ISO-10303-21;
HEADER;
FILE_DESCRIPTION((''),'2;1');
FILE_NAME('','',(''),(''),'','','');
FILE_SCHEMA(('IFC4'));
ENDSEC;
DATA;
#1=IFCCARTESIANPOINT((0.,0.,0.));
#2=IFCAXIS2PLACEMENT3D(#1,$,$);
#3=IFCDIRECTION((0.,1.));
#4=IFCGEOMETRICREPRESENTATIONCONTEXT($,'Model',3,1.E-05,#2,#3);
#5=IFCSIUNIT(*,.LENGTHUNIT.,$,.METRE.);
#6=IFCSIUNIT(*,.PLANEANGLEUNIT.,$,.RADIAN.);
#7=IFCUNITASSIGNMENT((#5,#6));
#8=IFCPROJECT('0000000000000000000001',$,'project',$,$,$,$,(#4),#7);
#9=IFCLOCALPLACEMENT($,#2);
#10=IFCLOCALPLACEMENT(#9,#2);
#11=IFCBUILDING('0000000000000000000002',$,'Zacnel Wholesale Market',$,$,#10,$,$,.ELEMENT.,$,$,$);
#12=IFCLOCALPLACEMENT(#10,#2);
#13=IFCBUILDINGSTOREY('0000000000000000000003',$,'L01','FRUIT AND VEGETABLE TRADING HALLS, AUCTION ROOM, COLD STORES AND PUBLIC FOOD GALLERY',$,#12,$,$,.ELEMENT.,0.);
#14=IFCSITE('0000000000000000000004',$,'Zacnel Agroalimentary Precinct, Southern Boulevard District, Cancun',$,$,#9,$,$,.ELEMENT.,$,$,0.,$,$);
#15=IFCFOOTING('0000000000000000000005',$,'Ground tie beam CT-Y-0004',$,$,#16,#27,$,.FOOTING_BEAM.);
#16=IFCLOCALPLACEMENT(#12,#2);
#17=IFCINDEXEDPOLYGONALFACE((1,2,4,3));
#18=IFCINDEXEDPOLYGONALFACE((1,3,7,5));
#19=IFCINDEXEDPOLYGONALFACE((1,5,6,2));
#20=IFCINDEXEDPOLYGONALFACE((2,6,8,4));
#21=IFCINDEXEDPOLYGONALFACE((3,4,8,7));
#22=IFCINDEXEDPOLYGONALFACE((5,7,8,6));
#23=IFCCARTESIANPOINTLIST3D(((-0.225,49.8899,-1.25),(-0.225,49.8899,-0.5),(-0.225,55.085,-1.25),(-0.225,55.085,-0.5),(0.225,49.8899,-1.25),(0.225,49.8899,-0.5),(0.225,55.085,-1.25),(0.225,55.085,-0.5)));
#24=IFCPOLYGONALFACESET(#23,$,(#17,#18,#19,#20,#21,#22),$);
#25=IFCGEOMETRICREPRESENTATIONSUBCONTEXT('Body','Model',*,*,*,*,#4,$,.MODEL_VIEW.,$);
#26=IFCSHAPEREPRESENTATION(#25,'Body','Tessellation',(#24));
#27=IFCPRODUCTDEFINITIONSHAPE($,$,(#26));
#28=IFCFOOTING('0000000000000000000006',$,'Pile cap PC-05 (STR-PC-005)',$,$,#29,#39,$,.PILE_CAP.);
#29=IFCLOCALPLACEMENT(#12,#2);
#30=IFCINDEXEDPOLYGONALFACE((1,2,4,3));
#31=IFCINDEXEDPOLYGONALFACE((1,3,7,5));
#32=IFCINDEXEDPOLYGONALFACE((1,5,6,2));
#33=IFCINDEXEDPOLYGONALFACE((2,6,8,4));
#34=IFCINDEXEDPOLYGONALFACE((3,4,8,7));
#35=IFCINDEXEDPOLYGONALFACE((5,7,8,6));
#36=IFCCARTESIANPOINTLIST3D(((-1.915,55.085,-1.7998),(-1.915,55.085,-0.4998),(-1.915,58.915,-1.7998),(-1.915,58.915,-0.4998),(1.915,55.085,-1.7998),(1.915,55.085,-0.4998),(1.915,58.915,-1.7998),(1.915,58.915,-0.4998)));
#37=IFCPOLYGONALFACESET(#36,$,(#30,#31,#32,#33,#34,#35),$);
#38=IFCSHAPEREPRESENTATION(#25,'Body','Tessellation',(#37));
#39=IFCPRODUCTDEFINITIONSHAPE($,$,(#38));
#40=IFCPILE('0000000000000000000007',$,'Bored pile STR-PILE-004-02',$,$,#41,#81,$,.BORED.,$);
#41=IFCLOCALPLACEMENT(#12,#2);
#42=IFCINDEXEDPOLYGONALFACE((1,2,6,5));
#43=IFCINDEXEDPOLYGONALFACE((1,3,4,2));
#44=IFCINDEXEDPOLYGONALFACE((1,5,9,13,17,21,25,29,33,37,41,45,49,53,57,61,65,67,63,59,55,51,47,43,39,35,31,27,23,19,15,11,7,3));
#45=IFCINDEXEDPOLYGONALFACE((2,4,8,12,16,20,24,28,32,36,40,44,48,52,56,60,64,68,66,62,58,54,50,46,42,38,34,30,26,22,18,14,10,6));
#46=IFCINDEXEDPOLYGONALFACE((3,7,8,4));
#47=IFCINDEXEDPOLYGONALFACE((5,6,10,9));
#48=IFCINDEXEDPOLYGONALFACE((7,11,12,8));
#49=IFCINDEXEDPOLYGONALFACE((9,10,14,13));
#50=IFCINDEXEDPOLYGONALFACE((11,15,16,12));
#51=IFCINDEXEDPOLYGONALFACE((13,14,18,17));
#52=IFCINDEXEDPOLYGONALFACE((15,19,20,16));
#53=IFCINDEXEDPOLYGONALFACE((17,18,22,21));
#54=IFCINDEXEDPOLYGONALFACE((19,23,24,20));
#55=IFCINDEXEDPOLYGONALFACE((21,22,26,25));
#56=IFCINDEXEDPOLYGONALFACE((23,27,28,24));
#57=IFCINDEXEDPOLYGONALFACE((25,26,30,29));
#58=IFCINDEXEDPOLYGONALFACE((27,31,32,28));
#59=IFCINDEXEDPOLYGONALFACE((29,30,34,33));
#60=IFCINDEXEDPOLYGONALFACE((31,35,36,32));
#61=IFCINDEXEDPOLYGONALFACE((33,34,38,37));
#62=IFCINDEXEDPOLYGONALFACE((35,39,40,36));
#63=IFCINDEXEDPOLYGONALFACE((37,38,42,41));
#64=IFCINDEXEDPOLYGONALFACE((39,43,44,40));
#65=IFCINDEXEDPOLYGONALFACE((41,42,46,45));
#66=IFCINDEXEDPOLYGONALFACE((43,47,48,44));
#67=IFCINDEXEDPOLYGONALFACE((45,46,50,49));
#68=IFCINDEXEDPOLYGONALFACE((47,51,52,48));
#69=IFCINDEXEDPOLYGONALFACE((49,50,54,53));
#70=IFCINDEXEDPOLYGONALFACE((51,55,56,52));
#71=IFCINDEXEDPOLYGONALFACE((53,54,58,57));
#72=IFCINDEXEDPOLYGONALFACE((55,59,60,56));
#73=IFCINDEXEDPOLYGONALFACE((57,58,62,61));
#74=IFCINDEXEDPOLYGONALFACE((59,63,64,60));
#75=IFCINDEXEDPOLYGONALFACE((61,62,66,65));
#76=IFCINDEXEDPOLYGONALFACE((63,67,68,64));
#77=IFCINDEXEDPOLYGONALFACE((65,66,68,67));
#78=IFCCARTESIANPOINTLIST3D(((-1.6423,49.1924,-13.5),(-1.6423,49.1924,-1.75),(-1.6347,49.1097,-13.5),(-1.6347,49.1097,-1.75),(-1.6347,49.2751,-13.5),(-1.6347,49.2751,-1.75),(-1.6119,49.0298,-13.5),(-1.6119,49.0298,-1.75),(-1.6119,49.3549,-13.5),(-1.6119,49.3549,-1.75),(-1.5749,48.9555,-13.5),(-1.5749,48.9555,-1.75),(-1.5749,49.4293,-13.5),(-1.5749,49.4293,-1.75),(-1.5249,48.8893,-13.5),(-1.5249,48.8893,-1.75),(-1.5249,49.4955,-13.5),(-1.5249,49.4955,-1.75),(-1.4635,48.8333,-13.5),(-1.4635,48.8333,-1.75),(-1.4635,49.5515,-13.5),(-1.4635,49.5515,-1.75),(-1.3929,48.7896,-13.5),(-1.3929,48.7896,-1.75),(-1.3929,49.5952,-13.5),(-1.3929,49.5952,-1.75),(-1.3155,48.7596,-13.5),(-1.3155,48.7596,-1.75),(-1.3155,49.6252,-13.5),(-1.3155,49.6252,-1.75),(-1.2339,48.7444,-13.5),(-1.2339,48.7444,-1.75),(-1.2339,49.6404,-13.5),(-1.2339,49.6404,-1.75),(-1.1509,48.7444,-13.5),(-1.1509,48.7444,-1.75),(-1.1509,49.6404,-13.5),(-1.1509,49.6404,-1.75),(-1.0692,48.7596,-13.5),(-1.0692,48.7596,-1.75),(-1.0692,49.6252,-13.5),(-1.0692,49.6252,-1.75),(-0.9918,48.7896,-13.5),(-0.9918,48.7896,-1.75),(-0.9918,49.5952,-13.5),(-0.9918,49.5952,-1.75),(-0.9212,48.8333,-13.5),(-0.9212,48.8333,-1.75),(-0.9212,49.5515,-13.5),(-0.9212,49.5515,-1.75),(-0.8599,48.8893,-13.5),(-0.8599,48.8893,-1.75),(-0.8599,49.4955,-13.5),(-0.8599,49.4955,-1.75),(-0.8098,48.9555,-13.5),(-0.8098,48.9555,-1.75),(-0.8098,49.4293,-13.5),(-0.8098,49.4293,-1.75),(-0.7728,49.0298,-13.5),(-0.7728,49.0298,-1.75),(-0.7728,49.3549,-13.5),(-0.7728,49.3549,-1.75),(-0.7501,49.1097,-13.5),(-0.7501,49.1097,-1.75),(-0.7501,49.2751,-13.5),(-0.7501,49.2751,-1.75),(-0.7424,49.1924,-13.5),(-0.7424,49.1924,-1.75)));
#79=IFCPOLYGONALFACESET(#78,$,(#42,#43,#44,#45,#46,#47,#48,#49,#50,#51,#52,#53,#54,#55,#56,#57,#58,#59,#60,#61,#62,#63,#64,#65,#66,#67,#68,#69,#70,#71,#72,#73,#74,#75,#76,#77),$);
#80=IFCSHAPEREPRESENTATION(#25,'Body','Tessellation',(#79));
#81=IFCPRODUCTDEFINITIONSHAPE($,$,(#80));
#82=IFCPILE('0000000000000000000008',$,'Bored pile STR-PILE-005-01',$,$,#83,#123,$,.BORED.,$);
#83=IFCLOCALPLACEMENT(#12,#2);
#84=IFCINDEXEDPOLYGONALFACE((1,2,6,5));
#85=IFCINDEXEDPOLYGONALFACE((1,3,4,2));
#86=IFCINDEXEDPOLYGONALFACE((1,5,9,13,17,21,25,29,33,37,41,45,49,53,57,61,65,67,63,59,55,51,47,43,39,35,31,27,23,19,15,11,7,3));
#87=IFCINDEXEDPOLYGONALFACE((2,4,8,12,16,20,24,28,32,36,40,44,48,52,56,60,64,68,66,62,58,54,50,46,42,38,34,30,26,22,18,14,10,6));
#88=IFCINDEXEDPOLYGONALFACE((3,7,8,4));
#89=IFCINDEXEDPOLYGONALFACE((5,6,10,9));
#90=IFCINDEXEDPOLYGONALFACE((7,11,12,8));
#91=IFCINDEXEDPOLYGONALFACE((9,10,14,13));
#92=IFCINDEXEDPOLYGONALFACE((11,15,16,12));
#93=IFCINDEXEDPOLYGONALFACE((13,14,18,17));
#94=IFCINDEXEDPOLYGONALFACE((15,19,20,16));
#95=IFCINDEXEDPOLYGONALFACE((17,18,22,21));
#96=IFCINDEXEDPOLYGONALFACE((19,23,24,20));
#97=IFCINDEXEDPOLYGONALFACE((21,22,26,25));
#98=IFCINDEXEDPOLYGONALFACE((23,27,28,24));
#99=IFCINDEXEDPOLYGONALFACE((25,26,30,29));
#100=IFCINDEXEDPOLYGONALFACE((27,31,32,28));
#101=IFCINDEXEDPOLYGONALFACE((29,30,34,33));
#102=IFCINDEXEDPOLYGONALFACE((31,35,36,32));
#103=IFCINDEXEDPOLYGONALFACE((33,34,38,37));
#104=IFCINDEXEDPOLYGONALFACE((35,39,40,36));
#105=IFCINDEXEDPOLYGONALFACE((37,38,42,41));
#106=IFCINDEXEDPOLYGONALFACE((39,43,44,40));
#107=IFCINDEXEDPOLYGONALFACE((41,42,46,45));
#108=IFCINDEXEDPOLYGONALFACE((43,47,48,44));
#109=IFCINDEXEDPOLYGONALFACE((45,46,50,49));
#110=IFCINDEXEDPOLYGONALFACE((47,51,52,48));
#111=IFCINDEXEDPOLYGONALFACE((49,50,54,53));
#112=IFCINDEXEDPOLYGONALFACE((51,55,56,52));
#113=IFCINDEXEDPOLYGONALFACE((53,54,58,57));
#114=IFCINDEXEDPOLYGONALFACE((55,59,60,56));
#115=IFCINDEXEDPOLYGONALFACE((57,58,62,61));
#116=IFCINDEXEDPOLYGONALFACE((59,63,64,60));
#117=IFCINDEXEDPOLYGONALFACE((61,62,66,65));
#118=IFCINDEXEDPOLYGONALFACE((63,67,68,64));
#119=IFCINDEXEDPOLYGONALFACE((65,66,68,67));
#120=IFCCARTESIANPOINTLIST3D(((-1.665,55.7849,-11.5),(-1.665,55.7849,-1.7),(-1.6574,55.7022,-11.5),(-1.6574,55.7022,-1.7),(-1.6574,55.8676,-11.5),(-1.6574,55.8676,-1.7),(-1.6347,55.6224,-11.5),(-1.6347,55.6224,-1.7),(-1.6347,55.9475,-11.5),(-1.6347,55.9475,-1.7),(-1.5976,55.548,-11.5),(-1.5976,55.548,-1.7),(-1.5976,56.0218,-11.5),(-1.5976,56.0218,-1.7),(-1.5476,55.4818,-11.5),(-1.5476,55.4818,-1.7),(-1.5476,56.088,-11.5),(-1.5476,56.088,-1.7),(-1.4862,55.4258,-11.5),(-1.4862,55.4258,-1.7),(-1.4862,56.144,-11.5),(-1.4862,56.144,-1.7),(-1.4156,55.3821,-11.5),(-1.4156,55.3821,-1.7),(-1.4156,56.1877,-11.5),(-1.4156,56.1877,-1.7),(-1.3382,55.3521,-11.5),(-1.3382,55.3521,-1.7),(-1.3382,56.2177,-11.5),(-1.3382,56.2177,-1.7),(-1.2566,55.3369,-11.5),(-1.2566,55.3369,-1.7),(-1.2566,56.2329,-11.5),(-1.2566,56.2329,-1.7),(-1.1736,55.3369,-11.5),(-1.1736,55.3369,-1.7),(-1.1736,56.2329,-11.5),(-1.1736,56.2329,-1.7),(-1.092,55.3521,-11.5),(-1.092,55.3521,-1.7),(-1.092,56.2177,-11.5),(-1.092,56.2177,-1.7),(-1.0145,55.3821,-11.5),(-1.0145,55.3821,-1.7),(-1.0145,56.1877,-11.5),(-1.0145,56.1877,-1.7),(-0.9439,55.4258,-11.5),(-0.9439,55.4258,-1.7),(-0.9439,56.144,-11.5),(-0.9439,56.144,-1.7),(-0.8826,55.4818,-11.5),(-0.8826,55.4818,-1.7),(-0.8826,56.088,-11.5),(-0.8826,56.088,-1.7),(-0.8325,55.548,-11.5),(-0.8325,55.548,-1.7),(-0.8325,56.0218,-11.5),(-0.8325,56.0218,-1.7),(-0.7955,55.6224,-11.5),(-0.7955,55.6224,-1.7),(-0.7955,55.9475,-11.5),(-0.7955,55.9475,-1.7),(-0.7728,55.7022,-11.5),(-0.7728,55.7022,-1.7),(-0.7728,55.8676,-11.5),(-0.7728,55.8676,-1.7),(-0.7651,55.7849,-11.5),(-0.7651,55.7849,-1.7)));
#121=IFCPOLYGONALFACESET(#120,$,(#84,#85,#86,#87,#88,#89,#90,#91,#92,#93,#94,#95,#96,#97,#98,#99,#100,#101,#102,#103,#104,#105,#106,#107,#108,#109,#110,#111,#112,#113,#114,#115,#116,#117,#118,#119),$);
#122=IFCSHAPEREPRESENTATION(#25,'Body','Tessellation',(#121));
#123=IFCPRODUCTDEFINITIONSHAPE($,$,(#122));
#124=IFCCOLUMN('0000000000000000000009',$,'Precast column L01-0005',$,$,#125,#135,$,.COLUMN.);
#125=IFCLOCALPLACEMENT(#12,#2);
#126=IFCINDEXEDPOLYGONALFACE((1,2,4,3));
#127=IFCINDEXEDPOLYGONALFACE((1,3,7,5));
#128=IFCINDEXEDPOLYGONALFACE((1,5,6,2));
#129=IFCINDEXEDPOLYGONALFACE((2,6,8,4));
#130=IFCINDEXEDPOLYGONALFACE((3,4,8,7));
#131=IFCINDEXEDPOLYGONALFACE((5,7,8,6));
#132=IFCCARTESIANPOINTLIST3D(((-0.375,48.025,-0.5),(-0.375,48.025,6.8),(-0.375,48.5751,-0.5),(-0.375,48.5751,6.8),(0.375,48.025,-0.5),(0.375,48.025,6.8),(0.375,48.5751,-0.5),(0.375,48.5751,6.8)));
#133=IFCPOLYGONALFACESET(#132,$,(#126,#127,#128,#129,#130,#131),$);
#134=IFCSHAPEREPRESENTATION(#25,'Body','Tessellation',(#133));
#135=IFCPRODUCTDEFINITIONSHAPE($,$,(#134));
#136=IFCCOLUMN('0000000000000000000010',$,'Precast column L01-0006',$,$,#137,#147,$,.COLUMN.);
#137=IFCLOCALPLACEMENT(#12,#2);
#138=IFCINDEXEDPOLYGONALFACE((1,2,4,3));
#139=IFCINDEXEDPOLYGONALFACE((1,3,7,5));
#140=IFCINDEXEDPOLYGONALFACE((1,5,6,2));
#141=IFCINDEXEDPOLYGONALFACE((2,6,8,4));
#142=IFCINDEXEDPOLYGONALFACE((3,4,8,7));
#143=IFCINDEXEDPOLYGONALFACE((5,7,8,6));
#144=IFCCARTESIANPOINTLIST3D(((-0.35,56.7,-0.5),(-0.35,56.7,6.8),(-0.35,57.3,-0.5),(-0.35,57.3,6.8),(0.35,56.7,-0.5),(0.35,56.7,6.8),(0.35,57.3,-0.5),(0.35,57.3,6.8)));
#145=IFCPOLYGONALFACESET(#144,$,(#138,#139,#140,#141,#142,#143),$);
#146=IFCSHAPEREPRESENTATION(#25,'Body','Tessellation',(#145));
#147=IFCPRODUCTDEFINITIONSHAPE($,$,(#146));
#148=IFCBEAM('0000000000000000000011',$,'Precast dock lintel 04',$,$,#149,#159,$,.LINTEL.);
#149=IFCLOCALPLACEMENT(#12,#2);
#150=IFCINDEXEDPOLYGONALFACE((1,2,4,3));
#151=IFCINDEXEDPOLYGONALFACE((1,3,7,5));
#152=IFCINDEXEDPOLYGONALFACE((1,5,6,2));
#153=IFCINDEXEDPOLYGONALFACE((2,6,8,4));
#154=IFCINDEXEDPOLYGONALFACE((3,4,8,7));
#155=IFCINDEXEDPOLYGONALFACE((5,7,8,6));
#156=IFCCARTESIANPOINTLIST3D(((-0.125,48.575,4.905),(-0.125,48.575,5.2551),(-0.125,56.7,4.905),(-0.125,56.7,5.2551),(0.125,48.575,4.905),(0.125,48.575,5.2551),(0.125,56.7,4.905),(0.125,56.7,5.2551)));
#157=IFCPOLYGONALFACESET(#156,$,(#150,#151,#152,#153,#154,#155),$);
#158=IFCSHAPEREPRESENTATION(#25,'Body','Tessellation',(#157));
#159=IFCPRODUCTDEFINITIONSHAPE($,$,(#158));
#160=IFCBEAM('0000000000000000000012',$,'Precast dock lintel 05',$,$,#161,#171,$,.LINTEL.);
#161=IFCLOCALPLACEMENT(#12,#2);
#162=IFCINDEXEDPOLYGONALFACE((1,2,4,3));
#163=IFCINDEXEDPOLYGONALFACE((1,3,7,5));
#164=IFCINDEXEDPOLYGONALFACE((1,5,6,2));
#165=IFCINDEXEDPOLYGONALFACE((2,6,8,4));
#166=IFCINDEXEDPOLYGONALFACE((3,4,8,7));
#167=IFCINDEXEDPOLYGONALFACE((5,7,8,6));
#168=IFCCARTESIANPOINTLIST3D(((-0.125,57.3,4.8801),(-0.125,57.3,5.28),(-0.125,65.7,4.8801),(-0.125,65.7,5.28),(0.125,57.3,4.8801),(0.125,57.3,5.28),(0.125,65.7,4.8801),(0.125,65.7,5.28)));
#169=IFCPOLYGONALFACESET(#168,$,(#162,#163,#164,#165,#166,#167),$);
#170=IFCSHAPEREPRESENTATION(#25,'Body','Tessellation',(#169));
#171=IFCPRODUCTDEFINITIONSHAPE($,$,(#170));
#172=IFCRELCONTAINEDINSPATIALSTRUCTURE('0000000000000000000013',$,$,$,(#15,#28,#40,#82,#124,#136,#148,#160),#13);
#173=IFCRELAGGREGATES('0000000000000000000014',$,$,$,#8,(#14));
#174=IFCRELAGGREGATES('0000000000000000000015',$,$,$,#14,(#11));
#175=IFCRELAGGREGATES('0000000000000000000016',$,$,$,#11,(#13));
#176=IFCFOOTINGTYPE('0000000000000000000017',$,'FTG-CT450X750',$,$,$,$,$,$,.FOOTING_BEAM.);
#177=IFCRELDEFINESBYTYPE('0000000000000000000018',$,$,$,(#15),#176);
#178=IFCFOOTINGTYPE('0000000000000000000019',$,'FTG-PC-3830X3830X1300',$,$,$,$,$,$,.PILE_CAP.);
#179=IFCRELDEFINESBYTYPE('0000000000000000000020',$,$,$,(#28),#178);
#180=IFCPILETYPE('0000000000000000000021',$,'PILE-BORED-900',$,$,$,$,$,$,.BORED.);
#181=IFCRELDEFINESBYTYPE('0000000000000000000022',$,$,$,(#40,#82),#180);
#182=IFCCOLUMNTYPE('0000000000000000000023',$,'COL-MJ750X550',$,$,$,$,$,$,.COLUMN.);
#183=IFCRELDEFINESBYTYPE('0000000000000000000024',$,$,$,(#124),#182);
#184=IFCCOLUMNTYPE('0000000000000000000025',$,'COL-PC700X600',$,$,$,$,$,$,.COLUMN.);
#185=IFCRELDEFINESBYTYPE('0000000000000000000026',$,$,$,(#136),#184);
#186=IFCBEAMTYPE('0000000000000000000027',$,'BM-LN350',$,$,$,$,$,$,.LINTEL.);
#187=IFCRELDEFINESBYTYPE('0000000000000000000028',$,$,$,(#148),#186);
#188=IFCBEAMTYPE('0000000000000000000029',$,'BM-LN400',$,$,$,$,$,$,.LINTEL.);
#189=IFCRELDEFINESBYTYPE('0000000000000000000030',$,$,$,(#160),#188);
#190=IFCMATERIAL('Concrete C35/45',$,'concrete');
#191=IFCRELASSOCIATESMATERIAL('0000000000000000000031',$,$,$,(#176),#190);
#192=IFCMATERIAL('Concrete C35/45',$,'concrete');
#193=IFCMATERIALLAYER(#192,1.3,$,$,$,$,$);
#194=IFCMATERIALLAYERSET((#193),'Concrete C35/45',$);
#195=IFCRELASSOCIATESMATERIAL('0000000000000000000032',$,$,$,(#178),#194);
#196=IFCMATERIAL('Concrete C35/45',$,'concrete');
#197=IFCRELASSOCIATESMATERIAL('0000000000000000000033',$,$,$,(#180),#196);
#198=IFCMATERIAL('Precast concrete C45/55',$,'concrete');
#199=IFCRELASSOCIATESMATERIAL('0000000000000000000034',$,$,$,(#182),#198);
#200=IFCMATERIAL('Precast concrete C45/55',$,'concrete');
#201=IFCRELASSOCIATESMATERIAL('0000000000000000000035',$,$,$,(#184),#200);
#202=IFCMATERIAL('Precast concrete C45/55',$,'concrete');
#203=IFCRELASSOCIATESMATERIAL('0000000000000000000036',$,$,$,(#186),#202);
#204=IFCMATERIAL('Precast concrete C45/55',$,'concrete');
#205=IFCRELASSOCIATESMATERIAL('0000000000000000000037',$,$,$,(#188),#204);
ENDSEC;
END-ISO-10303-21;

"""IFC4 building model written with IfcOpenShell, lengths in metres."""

from ifc_helpers import new_model, si_unit, direction, frame, origin, origin_2d, place, context, subcontext, project, spatial, rectangle, circle, extrude, material, layer, layer_set, material_profile, profile_set, type_object, element, save


model = new_model("IFC4")

# Units and contexts
model_context = context("Model", 3, precision=1e-05, world=origin(), true_north=direction((0.0, 1.0)))
body_context = subcontext(model_context, "Body", "Model", "MODEL_VIEW")
ifc_project = project(units=[si_unit("LENGTHUNIT", "METRE"), si_unit("PLANEANGLEUNIT", "RADIAN")], contexts=[model_context])

# Site, building, storey
site_placement = place(None, origin())
site = spatial("IfcSite", under=ifc_project, at=site_placement, Name="Zacnel Agroalimentary Precinct, Southern Boulevard District, Cancun", CompositionType="ELEMENT", RefElevation=0.0)
building_placement = place(site_placement, origin())
building = spatial("IfcBuilding", under=site, at=building_placement, Name="Zacnel Wholesale Market", CompositionType="ELEMENT")
storey_placement = place(building_placement, origin())
storey = spatial("IfcBuildingStorey", under=building, at=storey_placement, Name="L01", Description="FRUIT AND VEGETABLE TRADING HALLS, AUCTION ROOM, COLD STORES AND PUBLIC FOOD GALLERY", CompositionType="ELEMENT", Elevation=0.0)

# Footings
ifc_material_1 = material(Name="Concrete C35/45", Category="concrete")
ifc_material_profile_1 = material_profile(ifc_material_1, rectangle(XDim=0.45, YDim=0.75, at=origin_2d()), Name="CT 450x750")
ifc_profile_set_1 = profile_set([ifc_material_profile_1], Name="Concrete C35/45")
footing_type_1 = type_object("IfcFootingType", Name="FTG-CT450X750", PredefinedType="FOOTING_BEAM", material=ifc_profile_set_1)
footing_1_placement = place(storey_placement, frame((0.0, 49.8899, -0.875), z_axis=(0.0, 1.0, 0.0), x_axis=(-1.0, 0.0, 0.0)))
element("IfcFooting", 1, at=footing_1_placement, inside=storey, type_object=footing_type_1, Name="Ground tie beam CT-Y-0004", PredefinedType="FOOTING_BEAM", context=body_context, shape_type="SweptSolid", body=[
    extrude(rectangle(XDim=0.45, YDim=0.75, at=origin_2d()), origin(), (0.0, 0.0, 1.0), 5.1951),
])
ifc_material_2 = material(Name="Concrete C35/45", Category="concrete")
ifc_layer_1 = layer(ifc_material_2, 1.3)
ifc_layer_set_1 = layer_set([ifc_layer_1], Name="Concrete C35/45")
footing_type_2 = type_object("IfcFootingType", Name="FTG-PC-3830X3830X1300", PredefinedType="PILE_CAP", material=ifc_layer_set_1)
footing_2_placement = place(storey_placement, frame((0.0, 57.0, -1.7998), z_axis=(0.0, 0.0, 1.0), x_axis=(1.0, 0.0, 0.0)))
element("IfcFooting", 2, at=footing_2_placement, inside=storey, type_object=footing_type_2, Name="Pile cap PC-05 (STR-PC-005)", PredefinedType="PILE_CAP", context=body_context, shape_type="SweptSolid", body=[
    extrude(rectangle(XDim=3.8301, YDim=3.8301, at=origin_2d()), origin(), (0.0, 0.0, 1.0), 1.3),
])

# Piles
ifc_material_3 = material(Name="Concrete C35/45", Category="concrete")
ifc_material_profile_2 = material_profile(ifc_material_3, circle(Radius=0.45, at=origin_2d()), Name="BORED PILE D900")
ifc_profile_set_2 = profile_set([ifc_material_profile_2], Name="Concrete C35/45")
pile_type = type_object("IfcPileType", Name="PILE-BORED-900", PredefinedType="BORED", material=ifc_profile_set_2)
pile_1_placement = place(storey_placement, frame((-1.1924, 49.1924, -1.75), z_axis=(0.0, 0.0, -1.0), x_axis=(1.0, 0.0, 0.0)))
element("IfcPile", 3, at=pile_1_placement, inside=storey, type_object=pile_type, Name="Bored pile STR-PILE-004-02", PredefinedType="BORED", context=body_context, shape_type="SweptSolid", body=[
    extrude(circle(Radius=0.45, at=origin_2d()), origin(), (0.0, 0.0, 1.0), 11.75),
])
pile_2_placement = place(storey_placement, frame((-1.2151, 55.7849, -1.7), z_axis=(0.0, 0.0, -1.0), x_axis=(1.0, 0.0, 0.0)))
element("IfcPile", 4, at=pile_2_placement, inside=storey, type_object=pile_type, Name="Bored pile STR-PILE-005-01", PredefinedType="BORED", context=body_context, shape_type="SweptSolid", body=[
    extrude(circle(Radius=0.45, at=origin_2d()), origin(), (0.0, 0.0, 1.0), 9.8),
])

# Columns
ifc_material_4 = material(Name="Precast concrete C45/55", Category="concrete")
ifc_material_profile_3 = material_profile(ifc_material_4, rectangle(XDim=0.75, YDim=0.55, at=origin_2d()), Name="PC 750x550")
ifc_profile_set_3 = profile_set([ifc_material_profile_3], Name="Precast concrete C45/55")
column_type_1 = type_object("IfcColumnType", Name="COL-MJ750X550", PredefinedType="COLUMN", material=ifc_profile_set_3)
column_1_placement = place(storey_placement, frame((0.0, 48.3, -0.5), z_axis=(0.0, 0.0, 1.0), x_axis=(1.0, 0.0, 0.0)))
element("IfcColumn", 5, at=column_1_placement, inside=storey, type_object=column_type_1, Name="Precast column L01-0005", PredefinedType="COLUMN", context=body_context, shape_type="SweptSolid", body=[
    extrude(rectangle(XDim=0.75, YDim=0.55, at=origin_2d()), origin(), (0.0, 0.0, 1.0), 7.3),
])
ifc_material_5 = material(Name="Precast concrete C45/55", Category="concrete")
ifc_material_profile_4 = material_profile(ifc_material_5, rectangle(XDim=0.7, YDim=0.6001, at=origin_2d()), Name="PC 700x600")
ifc_profile_set_4 = profile_set([ifc_material_profile_4], Name="Precast concrete C45/55")
column_type_2 = type_object("IfcColumnType", Name="COL-PC700X600", PredefinedType="COLUMN", material=ifc_profile_set_4)
column_2_placement = place(storey_placement, frame((0.0, 57.0, -0.5), z_axis=(0.0, 0.0, 1.0), x_axis=(1.0, 0.0, 0.0)))
element("IfcColumn", 6, at=column_2_placement, inside=storey, type_object=column_type_2, Name="Precast column L01-0006", PredefinedType="COLUMN", context=body_context, shape_type="SweptSolid", body=[
    extrude(rectangle(XDim=0.7, YDim=0.6001, at=origin_2d()), origin(), (0.0, 0.0, 1.0), 7.3),
])

# Beams
ifc_material_6 = material(Name="Precast concrete C45/55", Category="concrete")
ifc_material_profile_5 = material_profile(ifc_material_6, rectangle(XDim=0.25, YDim=0.3501, at=origin_2d()), Name="LN 250x350")
ifc_profile_set_5 = profile_set([ifc_material_profile_5], Name="Precast concrete C45/55")
beam_type_1 = type_object("IfcBeamType", Name="BM-LN350", PredefinedType="LINTEL", material=ifc_profile_set_5)
beam_1_placement = place(storey_placement, frame((0.0, 48.575, 5.0801), z_axis=(0.0, 1.0, 0.0), x_axis=(-1.0, 0.0, 0.0)))
element("IfcBeam", 7, at=beam_1_placement, inside=storey, type_object=beam_type_1, Name="Precast dock lintel 04", PredefinedType="LINTEL", context=body_context, shape_type="SweptSolid", body=[
    extrude(rectangle(XDim=0.25, YDim=0.3501, at=origin_2d()), origin(), (0.0, 0.0, 1.0), 8.125),
])
ifc_material_7 = material(Name="Precast concrete C45/55", Category="concrete")
ifc_material_profile_6 = material_profile(ifc_material_7, rectangle(XDim=0.25, YDim=0.3999, at=origin_2d()), Name="LN 250x400")
ifc_profile_set_6 = profile_set([ifc_material_profile_6], Name="Precast concrete C45/55")
beam_type_2 = type_object("IfcBeamType", Name="BM-LN400", PredefinedType="LINTEL", material=ifc_profile_set_6)
beam_2_placement = place(storey_placement, frame((0.0, 57.3, 5.0801), z_axis=(0.0, 1.0, 0.0), x_axis=(-1.0, 0.0, 0.0)))
element("IfcBeam", 8, at=beam_2_placement, inside=storey, type_object=beam_type_2, Name="Precast dock lintel 05", PredefinedType="LINTEL", context=body_context, shape_type="SweptSolid", body=[
    extrude(rectangle(XDim=0.25, YDim=0.3999, at=origin_2d()), origin(), (0.0, 0.0, 1.0), 8.3999),
])

save(model, "model.ifc")
